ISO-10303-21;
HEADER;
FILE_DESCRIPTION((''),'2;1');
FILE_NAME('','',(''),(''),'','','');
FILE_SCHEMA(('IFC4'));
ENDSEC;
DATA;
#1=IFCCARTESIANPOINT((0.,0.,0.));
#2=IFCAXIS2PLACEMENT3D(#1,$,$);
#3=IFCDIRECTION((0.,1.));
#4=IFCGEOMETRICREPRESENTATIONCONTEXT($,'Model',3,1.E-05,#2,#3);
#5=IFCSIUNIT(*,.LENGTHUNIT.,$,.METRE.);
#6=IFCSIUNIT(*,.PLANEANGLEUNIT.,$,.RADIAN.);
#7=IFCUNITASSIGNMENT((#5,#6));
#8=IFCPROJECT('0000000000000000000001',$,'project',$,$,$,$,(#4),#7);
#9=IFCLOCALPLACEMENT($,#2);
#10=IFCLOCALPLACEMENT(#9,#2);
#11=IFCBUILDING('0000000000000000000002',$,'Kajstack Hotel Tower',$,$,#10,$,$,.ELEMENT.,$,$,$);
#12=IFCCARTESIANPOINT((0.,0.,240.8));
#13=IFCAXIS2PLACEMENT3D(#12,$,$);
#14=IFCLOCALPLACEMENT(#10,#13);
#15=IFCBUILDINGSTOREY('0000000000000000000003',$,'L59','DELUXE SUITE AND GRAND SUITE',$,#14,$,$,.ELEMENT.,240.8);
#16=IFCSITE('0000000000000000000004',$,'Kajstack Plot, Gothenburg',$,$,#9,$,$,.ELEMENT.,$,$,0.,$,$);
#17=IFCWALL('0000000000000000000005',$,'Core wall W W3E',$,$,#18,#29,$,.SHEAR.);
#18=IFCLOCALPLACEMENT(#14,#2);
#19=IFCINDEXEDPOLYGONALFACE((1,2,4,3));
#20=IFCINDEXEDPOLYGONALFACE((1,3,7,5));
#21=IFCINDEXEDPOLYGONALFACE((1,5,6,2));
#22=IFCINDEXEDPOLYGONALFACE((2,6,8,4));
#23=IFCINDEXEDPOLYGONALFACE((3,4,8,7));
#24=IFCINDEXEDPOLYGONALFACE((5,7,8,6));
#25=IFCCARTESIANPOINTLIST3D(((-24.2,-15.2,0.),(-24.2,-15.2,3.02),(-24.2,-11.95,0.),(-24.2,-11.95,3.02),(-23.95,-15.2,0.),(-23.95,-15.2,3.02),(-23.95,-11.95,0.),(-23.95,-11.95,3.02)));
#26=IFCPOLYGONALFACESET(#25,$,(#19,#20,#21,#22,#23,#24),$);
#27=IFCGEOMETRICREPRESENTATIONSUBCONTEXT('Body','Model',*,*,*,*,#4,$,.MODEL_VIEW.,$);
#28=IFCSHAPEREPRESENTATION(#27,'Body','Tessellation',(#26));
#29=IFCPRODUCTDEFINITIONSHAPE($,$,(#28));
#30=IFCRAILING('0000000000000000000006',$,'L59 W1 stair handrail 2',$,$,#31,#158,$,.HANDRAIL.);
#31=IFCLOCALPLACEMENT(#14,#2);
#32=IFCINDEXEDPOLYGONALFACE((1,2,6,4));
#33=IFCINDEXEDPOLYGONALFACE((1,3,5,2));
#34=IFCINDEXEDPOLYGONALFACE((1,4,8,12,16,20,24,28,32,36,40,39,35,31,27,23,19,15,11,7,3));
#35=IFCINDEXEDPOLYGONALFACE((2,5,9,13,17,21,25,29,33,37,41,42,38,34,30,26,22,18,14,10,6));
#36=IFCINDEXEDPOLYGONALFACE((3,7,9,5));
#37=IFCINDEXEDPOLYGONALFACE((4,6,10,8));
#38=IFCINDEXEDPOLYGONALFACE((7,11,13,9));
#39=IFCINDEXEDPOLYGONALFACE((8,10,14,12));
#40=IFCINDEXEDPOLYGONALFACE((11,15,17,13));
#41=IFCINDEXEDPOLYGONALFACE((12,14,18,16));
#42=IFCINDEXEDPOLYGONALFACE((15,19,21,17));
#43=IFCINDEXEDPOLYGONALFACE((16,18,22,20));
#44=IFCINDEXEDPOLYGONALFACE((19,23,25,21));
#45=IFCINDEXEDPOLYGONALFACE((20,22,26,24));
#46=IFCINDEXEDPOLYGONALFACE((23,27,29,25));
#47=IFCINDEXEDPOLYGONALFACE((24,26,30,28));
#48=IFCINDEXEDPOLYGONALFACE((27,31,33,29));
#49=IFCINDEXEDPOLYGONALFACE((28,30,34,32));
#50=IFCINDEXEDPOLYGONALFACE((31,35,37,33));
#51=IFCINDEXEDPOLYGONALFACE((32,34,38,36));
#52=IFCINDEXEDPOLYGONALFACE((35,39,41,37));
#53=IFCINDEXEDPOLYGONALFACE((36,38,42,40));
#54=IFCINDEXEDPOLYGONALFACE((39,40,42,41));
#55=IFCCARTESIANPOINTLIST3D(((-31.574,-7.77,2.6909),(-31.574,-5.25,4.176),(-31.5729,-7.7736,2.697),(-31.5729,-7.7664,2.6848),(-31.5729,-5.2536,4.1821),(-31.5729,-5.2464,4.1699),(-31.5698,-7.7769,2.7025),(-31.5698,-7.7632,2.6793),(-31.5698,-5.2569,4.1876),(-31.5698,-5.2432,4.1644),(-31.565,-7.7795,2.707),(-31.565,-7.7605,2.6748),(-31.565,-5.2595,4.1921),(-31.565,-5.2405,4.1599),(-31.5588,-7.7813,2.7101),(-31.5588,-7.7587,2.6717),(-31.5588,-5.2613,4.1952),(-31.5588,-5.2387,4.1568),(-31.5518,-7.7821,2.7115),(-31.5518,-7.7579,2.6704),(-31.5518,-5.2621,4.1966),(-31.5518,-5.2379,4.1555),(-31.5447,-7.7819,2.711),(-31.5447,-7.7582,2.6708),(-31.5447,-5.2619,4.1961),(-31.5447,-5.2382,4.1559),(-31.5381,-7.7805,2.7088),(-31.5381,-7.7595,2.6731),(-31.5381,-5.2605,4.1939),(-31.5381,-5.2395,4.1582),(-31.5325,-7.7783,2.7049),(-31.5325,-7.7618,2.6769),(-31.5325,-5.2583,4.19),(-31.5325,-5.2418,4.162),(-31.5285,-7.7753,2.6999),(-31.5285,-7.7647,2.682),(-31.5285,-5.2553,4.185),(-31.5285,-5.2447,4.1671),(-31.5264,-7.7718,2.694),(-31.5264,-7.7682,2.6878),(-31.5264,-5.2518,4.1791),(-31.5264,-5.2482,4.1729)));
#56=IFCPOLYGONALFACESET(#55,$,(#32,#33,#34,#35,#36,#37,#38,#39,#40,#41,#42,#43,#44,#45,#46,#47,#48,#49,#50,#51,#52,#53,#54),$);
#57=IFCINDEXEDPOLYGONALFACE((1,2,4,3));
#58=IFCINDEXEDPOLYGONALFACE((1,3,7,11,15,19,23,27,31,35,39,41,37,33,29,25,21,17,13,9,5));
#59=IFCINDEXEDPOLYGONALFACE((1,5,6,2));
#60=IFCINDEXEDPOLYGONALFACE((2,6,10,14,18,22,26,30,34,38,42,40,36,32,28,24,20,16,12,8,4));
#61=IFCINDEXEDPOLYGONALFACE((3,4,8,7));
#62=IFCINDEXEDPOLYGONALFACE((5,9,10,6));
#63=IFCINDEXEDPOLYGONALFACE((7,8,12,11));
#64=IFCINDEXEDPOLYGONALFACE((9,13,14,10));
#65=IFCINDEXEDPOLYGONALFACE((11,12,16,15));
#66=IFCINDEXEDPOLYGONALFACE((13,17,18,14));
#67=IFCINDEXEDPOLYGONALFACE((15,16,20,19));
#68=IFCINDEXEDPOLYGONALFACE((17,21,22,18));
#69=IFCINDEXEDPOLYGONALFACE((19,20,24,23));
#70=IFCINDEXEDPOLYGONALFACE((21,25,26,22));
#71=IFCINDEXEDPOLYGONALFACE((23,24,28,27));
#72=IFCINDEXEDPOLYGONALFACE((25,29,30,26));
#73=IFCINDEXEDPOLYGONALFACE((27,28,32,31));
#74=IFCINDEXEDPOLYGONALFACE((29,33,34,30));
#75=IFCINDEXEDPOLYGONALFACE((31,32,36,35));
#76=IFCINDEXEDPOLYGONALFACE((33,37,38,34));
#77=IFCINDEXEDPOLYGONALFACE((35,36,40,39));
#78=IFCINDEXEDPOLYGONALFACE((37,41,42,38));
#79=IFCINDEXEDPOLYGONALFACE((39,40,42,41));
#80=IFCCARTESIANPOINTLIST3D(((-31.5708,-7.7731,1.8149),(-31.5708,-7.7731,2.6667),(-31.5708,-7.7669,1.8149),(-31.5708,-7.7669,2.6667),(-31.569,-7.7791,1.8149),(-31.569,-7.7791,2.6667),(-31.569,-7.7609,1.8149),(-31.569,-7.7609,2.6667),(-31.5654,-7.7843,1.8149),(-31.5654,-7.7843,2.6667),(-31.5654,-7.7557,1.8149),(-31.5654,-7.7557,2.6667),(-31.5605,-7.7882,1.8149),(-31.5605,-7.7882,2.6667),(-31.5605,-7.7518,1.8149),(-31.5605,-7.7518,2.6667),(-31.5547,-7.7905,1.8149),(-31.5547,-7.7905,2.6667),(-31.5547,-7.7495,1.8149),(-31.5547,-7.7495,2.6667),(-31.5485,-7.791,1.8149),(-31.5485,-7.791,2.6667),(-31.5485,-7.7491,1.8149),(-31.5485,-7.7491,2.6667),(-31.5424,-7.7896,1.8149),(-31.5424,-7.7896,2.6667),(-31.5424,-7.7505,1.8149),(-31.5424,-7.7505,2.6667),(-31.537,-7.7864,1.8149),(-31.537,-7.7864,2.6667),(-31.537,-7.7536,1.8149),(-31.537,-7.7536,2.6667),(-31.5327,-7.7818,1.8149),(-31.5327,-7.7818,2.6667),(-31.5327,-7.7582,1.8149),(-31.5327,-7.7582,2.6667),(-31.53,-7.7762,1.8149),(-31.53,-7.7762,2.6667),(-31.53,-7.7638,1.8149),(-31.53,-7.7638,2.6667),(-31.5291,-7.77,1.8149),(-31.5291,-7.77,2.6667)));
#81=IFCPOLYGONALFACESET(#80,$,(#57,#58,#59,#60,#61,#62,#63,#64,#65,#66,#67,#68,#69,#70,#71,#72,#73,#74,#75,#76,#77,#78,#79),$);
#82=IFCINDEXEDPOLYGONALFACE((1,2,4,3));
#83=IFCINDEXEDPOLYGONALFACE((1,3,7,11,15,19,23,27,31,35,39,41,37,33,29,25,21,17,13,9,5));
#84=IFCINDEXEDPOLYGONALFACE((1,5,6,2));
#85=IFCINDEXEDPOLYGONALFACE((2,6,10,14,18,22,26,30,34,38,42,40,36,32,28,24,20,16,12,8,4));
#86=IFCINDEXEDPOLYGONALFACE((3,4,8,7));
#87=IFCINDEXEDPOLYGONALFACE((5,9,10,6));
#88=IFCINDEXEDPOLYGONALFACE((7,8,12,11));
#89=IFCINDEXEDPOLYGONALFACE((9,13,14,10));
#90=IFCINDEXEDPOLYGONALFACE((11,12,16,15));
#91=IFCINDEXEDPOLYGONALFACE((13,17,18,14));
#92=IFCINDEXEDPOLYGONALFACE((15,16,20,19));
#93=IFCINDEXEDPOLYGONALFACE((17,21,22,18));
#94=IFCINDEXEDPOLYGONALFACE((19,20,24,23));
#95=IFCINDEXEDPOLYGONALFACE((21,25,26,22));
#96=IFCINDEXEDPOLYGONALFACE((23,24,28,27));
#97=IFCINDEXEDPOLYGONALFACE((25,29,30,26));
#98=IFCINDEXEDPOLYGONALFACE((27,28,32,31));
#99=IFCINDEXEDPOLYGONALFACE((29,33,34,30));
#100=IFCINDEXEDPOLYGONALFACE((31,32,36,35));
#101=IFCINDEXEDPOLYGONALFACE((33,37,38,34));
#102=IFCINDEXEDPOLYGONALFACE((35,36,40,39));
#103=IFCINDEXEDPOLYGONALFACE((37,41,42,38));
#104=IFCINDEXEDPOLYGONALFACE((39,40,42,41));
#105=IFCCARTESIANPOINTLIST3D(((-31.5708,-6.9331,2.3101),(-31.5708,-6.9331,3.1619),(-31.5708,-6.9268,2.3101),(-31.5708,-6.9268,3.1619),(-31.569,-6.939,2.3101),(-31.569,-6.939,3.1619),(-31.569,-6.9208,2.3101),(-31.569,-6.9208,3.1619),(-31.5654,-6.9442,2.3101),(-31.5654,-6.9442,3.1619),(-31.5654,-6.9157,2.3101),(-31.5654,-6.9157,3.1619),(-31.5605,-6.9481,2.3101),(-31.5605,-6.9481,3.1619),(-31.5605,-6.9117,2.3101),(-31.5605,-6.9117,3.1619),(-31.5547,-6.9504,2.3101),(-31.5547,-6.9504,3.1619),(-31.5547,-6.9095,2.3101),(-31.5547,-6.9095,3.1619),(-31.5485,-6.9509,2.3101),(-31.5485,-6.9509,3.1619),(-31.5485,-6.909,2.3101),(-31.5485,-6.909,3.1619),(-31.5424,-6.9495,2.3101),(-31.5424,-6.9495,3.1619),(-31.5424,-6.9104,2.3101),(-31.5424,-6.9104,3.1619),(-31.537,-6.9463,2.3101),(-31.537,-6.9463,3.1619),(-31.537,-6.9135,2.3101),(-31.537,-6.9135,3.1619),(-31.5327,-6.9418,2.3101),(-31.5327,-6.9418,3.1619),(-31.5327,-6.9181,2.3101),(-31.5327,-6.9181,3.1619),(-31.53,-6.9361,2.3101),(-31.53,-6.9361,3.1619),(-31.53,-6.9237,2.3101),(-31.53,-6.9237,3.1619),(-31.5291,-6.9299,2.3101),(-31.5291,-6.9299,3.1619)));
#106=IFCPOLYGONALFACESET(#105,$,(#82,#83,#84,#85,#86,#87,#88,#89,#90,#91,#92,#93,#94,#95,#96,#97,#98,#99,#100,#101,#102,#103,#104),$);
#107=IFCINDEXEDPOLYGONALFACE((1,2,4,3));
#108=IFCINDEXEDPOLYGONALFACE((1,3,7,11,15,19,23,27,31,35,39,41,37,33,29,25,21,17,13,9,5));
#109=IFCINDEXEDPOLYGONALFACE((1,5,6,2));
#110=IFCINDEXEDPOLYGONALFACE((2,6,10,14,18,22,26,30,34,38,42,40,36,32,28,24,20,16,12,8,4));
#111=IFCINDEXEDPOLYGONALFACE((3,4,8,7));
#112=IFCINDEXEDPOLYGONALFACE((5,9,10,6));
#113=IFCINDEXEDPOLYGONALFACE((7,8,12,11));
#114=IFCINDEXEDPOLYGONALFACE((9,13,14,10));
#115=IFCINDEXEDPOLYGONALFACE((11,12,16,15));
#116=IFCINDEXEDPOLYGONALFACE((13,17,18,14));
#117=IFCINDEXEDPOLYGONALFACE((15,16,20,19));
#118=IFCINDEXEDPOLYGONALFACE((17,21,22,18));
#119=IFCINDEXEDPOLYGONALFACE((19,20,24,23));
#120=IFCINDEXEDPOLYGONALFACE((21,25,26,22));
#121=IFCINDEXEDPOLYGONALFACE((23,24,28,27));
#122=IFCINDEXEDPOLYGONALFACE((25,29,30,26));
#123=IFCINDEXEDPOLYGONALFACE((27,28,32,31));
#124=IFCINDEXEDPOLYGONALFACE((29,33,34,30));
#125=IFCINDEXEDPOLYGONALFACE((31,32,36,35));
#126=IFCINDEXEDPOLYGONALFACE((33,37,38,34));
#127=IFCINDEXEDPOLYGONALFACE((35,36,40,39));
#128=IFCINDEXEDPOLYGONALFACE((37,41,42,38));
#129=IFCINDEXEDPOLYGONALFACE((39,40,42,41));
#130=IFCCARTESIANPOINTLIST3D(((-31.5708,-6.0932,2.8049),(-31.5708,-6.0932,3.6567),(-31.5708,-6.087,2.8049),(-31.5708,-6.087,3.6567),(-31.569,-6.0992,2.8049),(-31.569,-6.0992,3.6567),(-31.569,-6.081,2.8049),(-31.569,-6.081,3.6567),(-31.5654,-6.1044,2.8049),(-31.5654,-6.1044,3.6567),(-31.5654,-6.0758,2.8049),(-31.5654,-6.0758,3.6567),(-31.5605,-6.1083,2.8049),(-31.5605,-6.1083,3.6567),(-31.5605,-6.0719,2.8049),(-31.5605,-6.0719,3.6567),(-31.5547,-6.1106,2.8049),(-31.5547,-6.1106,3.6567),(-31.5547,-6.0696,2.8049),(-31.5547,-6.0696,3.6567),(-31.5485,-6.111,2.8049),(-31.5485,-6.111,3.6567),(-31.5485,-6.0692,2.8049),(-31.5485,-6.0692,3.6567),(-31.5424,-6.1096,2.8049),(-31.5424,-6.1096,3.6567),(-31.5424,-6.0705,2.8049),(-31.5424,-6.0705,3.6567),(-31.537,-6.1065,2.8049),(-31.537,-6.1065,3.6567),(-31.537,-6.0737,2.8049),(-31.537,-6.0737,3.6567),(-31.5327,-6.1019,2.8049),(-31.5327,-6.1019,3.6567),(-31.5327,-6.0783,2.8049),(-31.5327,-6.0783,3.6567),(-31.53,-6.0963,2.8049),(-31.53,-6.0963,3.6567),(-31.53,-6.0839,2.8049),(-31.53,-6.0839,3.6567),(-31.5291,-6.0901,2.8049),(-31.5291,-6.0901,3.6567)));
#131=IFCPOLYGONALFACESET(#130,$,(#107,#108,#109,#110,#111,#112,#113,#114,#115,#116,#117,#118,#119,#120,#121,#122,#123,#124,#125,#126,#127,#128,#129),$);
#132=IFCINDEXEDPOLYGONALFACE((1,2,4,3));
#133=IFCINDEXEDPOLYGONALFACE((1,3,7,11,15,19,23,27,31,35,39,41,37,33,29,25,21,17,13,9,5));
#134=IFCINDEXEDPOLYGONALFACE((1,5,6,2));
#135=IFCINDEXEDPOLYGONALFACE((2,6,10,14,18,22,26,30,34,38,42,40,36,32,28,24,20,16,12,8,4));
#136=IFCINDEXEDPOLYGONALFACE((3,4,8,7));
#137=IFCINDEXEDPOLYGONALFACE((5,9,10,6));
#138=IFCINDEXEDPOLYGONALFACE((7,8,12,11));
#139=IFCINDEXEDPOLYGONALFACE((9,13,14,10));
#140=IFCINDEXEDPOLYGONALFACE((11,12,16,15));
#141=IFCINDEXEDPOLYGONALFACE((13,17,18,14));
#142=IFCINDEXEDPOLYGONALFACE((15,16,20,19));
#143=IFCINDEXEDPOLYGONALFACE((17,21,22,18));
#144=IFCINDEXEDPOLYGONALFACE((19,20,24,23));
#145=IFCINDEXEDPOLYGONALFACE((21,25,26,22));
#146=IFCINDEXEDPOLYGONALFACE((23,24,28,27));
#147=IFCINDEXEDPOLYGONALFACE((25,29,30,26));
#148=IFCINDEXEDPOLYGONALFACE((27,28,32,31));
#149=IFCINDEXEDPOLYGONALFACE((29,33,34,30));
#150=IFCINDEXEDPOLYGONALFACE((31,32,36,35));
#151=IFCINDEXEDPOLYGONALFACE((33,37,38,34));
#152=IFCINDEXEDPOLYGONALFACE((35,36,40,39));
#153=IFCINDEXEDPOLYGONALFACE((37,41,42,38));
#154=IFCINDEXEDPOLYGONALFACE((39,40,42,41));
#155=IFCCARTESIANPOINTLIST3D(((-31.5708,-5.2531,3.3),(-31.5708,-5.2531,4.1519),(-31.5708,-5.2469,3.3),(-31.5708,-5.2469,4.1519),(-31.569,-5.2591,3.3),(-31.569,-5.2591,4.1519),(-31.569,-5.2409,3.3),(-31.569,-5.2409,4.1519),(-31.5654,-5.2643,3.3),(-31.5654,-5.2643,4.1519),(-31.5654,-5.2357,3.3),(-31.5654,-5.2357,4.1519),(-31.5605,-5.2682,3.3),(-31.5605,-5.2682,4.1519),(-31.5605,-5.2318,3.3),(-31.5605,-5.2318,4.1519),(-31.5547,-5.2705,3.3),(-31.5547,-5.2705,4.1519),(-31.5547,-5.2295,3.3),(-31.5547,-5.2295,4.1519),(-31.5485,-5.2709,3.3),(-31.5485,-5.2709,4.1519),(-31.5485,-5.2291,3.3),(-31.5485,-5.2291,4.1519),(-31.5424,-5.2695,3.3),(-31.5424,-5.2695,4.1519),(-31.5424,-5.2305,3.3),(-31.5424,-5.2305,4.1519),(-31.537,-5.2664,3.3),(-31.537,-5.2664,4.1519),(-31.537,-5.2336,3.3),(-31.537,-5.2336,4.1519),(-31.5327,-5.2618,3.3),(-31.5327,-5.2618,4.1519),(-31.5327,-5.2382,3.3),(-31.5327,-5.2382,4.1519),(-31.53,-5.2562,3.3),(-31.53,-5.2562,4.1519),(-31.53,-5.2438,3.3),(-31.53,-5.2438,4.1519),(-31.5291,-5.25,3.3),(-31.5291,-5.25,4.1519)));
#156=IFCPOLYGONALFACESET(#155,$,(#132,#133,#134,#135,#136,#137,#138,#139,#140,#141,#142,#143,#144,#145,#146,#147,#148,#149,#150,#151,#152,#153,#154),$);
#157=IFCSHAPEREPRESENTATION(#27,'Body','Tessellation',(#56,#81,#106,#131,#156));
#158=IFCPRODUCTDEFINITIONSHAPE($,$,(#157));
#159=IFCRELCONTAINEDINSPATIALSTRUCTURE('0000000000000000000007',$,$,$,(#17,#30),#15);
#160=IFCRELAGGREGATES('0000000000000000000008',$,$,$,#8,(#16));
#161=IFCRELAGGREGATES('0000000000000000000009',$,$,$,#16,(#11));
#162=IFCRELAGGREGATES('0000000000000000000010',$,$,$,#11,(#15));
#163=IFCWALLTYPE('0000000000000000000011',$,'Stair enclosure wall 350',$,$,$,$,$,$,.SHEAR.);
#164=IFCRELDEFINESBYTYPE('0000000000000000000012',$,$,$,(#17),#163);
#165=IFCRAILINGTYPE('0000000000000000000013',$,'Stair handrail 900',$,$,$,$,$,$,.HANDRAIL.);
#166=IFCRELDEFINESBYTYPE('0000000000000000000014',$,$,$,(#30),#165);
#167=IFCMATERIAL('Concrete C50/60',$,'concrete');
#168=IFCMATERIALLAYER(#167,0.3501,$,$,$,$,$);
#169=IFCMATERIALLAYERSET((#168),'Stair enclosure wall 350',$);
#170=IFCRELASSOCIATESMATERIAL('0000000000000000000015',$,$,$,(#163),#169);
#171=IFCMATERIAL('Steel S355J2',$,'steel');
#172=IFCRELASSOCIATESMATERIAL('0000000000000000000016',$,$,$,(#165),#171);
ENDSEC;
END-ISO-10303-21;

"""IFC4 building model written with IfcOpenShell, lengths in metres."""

from ifc_helpers import new_model, si_unit, direction, frame, frame_2d, origin, origin_2d, place, context, subcontext, project, spatial, rectangle, circle, extrude, material, layer, layer_set, type_object, element, save


model = new_model("IFC4")

# Units and contexts
model_context = context("Model", 3, precision=1e-05, world=origin(), true_north=direction((0.0, 1.0)))
body_context = subcontext(model_context, "Body", "Model", "MODEL_VIEW")
ifc_project = project(units=[si_unit("LENGTHUNIT", "METRE"), si_unit("PLANEANGLEUNIT", "RADIAN")], contexts=[model_context])

# Site, building, storey
site_placement = place(None, origin())
site = spatial("IfcSite", under=ifc_project, at=site_placement, Name="Kajstack Plot, Gothenburg", CompositionType="ELEMENT", RefElevation=0.0)
building_placement = place(site_placement, origin())
building = spatial("IfcBuilding", under=site, at=building_placement, Name="Kajstack Hotel Tower", CompositionType="ELEMENT")
storey_placement = place(building_placement, frame((0.0, 0.0, 240.8)))
storey = spatial("IfcBuildingStorey", under=building, at=storey_placement, Name="L59", Description="DELUXE SUITE AND GRAND SUITE", CompositionType="ELEMENT", Elevation=240.8)

# Shared definitions
ifc_material_1 = material(Name="Concrete C50/60", Category="concrete")

# Wall
ifc_layer_1 = layer(ifc_material_1, 0.3501)
ifc_layer_set_1 = layer_set([ifc_layer_1], Name="Stair enclosure wall 350")
wall_type_1 = type_object("IfcWallType", Name="Stair enclosure wall 350", PredefinedType="SHEAR", material=ifc_layer_set_1)
wall_1_placement = place(storey_placement, frame((-24.075, -15.2, 0.0), z_axis=(0.0, 0.0, 1.0), x_axis=(0.0, 1.0, 0.0)))
element("IfcWall", 1, at=wall_1_placement, inside=storey, type_object=wall_type_1, Name="Core wall W W3E", PredefinedType="SHEAR", context=body_context, shape_type="SweptSolid", body=[
    extrude(rectangle(XDim=3.25, YDim=0.25, at=frame_2d((1.625, 0.0))), origin(), (0.0, 0.0, 1.0), 3.02),
])

# Railing
ifc_material_2 = material(Name="Steel S355J2", Category="steel")
railing_type_1 = type_object("IfcRailingType", Name="Stair handrail 900", PredefinedType="HANDRAIL", material=ifc_material_2)
railing_1_placement = place(storey_placement, frame((-31.55, -7.77, 1.8149)))
element("IfcRailing", 2, at=railing_1_placement, inside=storey, type_object=railing_type_1, Name="L59 W1 stair handrail 2", PredefinedType="HANDRAIL", context=body_context, shape_type="SweptSolid", body=[
    extrude(circle(Radius=0.0239, at=origin_2d()), frame((0.0, 0.0, 0.876), z_axis=(0.0, 0.861524, 0.507717), x_axis=(-1.0, 0.0, 0.0)), (0.0, 0.0, 1.0), 2.925),
    extrude(circle(Radius=0.021, at=origin_2d()), origin(), (0.0, 0.0, 1.0), 0.8518),
    extrude(circle(Radius=0.021, at=origin_2d()), frame((0.0, 0.8401, 0.4951)), (0.0, 0.0, 1.0), 0.8518),
    extrude(circle(Radius=0.021, at=origin_2d()), frame((0.0, 1.6799, 0.99)), (0.0, 0.0, 1.0), 0.8518),
    extrude(circle(Radius=0.021, at=origin_2d()), frame((0.0, 2.52, 1.4851)), (0.0, 0.0, 1.0), 0.8518),
])

save(model, "model.ifc")
